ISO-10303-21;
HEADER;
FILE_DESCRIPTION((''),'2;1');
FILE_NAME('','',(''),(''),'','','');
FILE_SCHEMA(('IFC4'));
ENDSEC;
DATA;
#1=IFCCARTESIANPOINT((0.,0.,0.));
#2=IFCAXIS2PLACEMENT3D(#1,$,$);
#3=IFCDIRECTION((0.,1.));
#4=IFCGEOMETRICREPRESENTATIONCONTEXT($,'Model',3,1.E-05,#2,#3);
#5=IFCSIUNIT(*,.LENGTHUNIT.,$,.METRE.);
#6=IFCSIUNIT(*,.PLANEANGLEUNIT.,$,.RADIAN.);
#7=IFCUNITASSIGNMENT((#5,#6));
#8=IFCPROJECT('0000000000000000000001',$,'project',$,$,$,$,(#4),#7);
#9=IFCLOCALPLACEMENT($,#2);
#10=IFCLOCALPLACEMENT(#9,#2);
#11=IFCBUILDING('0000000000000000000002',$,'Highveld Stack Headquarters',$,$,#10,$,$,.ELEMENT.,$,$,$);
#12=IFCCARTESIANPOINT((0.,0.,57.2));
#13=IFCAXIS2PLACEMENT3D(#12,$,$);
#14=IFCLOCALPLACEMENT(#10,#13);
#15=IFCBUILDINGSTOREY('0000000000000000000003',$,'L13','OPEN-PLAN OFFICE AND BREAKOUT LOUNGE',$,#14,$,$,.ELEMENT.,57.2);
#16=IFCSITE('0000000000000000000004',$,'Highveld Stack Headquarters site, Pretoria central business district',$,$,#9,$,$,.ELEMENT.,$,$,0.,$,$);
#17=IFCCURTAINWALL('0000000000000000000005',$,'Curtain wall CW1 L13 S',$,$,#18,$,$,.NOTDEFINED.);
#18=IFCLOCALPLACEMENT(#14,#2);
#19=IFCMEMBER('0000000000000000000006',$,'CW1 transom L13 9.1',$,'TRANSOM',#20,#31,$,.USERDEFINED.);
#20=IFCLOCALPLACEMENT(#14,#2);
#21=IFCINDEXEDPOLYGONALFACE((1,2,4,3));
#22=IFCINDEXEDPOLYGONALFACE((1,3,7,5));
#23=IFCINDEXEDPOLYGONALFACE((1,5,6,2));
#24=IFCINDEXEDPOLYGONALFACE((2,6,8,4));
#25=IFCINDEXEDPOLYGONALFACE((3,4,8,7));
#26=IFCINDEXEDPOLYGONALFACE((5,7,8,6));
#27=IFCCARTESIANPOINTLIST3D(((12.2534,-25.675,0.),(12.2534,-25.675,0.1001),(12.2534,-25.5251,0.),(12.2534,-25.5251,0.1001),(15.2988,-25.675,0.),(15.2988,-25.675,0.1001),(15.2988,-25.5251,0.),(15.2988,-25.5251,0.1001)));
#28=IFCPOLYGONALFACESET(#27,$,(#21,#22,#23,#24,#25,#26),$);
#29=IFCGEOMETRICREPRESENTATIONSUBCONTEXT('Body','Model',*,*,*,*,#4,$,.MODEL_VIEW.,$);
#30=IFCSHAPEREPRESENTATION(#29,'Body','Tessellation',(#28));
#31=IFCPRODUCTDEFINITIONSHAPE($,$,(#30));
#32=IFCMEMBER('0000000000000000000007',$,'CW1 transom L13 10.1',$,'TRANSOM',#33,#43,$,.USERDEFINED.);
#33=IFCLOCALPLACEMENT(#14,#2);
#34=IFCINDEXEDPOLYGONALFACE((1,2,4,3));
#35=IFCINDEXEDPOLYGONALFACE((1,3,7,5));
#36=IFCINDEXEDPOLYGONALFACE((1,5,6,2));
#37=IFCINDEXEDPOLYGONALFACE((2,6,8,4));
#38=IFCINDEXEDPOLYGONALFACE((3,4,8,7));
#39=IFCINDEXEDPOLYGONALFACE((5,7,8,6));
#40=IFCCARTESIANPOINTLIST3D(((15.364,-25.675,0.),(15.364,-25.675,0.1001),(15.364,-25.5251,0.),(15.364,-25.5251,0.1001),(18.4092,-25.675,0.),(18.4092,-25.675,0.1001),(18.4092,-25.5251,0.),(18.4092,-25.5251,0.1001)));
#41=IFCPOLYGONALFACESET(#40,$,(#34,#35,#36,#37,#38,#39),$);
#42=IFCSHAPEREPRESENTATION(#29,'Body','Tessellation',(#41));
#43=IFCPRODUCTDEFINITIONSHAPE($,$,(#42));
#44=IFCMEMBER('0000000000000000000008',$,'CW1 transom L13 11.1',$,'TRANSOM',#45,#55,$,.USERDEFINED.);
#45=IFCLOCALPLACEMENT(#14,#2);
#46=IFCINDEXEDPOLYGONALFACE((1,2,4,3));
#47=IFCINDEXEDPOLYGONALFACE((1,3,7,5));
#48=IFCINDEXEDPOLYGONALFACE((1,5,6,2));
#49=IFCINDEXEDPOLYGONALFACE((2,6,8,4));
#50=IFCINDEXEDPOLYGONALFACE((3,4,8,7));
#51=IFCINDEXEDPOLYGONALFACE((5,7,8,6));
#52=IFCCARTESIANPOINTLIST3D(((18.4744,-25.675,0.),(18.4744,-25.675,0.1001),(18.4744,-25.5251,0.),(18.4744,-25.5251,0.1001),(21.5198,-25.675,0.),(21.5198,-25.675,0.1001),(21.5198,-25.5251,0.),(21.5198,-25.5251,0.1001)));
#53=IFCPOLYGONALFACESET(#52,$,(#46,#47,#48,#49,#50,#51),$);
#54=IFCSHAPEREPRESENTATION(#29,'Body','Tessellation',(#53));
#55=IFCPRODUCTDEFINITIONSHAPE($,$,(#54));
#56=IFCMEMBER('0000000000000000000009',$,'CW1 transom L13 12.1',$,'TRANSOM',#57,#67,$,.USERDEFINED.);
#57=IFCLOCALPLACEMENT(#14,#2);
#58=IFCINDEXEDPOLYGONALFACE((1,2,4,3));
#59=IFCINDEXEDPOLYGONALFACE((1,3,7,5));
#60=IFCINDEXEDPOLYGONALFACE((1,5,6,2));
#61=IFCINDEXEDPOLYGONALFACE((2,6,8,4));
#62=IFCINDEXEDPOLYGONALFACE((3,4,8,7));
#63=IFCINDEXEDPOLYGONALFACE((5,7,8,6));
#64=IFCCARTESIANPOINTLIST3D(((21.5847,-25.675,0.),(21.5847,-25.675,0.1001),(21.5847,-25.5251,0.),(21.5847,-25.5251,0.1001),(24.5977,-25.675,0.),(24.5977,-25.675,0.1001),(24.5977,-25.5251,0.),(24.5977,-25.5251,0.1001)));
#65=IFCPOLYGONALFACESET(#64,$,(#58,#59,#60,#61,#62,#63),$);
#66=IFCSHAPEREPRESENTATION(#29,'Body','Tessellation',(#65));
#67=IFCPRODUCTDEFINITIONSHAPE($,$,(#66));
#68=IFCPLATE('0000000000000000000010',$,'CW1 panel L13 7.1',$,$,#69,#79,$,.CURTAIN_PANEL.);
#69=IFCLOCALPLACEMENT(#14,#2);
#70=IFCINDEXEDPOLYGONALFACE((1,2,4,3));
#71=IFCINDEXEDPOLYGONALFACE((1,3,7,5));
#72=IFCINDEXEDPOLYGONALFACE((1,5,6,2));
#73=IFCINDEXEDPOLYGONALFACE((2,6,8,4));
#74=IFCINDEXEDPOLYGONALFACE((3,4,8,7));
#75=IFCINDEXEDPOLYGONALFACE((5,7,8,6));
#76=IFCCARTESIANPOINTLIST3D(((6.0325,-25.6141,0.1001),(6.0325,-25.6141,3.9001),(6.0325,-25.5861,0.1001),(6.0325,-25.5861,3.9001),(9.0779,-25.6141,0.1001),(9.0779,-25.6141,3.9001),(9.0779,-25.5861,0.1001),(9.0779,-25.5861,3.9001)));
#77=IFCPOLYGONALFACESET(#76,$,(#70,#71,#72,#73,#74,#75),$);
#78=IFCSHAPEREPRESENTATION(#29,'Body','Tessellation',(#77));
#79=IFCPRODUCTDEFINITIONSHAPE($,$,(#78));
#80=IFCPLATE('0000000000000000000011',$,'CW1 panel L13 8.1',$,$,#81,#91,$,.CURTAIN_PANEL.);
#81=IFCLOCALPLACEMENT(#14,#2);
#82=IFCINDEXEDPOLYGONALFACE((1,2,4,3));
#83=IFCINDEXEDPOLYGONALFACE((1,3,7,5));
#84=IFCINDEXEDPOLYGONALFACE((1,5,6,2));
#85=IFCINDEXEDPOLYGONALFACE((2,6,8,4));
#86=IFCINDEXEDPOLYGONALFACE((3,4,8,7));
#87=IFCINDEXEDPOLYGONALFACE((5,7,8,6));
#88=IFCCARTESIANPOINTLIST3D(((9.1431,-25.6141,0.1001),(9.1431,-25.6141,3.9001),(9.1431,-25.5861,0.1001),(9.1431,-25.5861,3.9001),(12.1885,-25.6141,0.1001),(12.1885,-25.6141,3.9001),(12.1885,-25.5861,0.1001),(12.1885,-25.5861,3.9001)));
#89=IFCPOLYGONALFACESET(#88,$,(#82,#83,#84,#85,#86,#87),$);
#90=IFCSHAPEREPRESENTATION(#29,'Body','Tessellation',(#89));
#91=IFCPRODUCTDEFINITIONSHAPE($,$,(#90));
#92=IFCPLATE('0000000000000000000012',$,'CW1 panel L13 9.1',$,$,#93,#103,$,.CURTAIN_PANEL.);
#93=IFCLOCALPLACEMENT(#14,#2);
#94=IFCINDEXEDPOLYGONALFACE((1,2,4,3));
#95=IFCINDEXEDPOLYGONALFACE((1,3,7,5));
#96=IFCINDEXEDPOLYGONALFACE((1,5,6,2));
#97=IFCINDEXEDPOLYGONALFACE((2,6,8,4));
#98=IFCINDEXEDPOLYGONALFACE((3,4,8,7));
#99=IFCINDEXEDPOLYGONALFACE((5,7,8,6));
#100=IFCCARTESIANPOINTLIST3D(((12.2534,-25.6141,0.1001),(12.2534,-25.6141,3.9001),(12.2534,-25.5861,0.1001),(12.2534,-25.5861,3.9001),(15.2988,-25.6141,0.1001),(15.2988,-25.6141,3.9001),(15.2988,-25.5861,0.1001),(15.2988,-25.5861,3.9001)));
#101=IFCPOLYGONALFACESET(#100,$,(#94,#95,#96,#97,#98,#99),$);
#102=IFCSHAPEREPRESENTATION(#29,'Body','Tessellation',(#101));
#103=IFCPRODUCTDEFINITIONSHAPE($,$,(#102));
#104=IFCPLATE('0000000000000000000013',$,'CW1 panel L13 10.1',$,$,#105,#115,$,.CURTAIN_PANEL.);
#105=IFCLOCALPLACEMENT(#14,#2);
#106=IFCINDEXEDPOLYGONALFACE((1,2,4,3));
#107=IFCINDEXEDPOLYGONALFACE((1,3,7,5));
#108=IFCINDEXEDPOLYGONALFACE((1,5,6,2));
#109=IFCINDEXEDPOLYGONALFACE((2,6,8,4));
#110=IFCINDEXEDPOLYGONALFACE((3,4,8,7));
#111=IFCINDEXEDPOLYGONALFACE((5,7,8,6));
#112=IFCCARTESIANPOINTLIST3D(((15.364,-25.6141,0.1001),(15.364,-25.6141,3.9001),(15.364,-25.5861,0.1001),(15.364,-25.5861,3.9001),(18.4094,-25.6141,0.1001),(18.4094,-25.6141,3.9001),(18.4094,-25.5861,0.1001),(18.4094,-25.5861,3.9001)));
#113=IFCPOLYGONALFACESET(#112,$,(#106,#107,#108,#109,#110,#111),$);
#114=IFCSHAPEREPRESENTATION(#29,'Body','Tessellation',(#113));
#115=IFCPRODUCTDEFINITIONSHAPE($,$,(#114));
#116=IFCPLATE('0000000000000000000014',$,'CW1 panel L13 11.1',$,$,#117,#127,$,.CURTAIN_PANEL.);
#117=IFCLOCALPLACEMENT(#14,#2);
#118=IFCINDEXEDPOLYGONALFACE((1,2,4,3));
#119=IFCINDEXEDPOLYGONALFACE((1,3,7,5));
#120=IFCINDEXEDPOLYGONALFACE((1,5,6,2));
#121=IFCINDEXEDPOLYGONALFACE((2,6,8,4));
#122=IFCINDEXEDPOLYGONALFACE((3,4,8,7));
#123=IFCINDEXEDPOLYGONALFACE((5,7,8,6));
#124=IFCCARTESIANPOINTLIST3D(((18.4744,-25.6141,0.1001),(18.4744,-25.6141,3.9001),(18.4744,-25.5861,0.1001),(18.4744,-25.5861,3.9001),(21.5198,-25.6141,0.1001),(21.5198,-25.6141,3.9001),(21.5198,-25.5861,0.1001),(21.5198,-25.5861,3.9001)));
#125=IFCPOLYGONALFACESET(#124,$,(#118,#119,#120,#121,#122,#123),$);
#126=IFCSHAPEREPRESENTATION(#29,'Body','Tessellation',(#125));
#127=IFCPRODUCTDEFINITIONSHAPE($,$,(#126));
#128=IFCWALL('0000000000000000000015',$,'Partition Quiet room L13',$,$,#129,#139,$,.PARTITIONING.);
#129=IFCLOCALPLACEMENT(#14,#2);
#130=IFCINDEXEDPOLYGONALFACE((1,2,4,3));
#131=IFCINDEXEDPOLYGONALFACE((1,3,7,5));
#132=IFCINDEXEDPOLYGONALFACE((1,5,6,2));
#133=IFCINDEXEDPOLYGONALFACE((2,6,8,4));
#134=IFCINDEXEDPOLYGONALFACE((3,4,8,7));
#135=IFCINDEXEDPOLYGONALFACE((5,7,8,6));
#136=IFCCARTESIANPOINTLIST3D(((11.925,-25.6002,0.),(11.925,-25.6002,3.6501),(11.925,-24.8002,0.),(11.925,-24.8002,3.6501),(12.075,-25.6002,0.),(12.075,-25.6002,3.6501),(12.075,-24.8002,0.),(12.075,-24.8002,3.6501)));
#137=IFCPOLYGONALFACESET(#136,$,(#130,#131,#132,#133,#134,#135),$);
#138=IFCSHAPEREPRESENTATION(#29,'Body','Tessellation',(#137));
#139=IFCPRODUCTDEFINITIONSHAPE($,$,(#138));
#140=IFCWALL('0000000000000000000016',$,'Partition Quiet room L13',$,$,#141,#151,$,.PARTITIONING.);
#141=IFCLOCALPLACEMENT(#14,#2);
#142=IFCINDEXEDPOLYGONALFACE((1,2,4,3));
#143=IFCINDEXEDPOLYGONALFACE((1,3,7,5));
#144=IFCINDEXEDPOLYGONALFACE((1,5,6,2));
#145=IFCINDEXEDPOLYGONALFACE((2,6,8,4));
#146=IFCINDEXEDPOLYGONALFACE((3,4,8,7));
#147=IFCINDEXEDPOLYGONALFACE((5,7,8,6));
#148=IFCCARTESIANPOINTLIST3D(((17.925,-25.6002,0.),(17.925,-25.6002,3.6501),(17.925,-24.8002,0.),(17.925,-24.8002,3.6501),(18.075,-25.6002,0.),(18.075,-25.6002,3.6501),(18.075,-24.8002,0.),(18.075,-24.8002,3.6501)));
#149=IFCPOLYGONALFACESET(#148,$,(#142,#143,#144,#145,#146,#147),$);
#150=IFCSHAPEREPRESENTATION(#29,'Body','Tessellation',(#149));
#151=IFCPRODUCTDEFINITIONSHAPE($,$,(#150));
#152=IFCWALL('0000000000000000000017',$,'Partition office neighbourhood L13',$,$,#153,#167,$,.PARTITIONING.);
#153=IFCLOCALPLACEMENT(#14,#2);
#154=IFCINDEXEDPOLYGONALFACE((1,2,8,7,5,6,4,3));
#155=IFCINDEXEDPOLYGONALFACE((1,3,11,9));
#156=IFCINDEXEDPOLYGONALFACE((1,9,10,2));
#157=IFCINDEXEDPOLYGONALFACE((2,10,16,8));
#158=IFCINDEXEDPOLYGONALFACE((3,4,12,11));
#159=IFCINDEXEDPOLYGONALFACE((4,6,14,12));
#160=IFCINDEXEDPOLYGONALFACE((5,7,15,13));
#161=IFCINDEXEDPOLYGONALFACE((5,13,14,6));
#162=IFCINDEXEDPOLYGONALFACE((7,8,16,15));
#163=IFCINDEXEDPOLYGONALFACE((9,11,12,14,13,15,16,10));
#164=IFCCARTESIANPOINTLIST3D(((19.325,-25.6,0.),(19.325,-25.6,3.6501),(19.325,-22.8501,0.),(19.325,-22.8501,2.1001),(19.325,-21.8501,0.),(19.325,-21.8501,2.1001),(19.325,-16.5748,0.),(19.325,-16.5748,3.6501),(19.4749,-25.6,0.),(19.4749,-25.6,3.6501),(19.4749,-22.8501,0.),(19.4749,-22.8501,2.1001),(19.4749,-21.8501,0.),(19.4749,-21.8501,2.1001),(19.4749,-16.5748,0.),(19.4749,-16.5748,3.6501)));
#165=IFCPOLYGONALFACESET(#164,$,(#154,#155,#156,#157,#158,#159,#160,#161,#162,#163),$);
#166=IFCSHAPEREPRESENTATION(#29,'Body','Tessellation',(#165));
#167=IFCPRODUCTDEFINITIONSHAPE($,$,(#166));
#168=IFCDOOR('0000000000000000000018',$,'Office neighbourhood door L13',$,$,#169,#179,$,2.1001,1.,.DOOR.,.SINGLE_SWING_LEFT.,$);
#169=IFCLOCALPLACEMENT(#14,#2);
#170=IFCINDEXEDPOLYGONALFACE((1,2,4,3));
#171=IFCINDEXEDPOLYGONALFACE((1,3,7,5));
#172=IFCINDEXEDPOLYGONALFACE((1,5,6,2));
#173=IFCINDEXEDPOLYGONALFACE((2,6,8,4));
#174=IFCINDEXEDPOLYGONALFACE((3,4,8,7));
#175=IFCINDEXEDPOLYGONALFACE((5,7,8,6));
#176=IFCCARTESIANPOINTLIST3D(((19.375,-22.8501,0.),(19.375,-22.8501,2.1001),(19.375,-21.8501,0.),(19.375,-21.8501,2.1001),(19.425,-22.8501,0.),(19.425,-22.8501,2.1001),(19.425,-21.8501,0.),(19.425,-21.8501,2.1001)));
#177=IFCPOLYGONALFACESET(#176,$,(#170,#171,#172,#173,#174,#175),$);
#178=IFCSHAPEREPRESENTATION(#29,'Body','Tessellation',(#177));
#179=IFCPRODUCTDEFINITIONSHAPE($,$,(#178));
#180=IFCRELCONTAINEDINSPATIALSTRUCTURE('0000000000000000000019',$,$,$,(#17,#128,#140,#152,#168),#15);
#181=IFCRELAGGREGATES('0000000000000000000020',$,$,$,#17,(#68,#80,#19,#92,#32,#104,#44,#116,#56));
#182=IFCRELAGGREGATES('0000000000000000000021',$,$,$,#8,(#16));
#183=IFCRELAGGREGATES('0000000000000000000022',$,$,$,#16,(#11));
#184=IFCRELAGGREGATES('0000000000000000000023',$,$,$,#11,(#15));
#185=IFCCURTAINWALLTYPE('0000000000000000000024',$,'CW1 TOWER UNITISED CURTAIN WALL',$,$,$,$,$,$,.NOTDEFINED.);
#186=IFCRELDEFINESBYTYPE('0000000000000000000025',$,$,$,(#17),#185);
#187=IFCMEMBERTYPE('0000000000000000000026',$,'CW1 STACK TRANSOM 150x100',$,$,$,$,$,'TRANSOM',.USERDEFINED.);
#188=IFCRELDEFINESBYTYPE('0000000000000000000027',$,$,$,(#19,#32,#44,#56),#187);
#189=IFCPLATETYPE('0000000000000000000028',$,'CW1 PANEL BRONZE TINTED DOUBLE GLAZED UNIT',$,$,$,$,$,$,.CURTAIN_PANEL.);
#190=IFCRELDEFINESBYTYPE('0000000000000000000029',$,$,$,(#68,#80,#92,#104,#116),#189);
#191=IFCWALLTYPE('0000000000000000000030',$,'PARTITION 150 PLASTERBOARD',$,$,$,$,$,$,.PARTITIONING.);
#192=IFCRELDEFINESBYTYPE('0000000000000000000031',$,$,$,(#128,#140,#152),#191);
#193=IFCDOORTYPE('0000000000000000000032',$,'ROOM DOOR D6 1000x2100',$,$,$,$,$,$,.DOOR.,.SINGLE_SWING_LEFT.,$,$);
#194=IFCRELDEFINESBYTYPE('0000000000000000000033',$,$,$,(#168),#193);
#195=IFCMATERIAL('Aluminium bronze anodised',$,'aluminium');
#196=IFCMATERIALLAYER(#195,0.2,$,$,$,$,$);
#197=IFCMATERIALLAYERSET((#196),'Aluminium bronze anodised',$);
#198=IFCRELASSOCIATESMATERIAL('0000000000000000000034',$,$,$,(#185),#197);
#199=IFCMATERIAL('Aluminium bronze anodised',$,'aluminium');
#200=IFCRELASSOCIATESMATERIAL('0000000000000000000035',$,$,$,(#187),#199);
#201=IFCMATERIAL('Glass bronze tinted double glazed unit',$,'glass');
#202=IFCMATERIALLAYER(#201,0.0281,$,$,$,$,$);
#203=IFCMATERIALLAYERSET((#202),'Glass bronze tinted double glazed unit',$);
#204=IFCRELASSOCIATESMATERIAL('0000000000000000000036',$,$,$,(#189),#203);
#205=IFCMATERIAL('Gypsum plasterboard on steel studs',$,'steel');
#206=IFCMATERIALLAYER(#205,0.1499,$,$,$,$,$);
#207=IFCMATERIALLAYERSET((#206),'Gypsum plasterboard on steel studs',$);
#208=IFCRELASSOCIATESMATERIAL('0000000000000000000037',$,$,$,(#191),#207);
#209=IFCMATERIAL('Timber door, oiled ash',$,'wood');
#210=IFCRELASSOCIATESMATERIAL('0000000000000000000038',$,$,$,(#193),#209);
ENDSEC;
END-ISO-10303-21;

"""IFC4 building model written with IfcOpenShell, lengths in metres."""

from ifc_helpers import new_model, si_unit, direction, frame, frame_2d, origin, origin_2d, place, context, subcontext, project, spatial, rectangle, extrude, material, layer, layer_set, material_profile, profile_set, type_object, element, fill, aggregate, save


model = new_model("IFC4")

# Units and contexts
model_context = context("Model", 3, precision=1e-05, world=origin(), true_north=direction((0.0, 1.0)))
body_context = subcontext(model_context, "Body", "Model", "MODEL_VIEW")
ifc_project = project(units=[si_unit("LENGTHUNIT", "METRE"), si_unit("PLANEANGLEUNIT", "RADIAN")], contexts=[model_context])

# Site, building, storey
site_placement = place(None, origin())
site = spatial("IfcSite", under=ifc_project, at=site_placement, Name="Highveld Stack Headquarters site, Pretoria central business district", CompositionType="ELEMENT", RefElevation=0.0)
building_placement = place(site_placement, origin())
building = spatial("IfcBuilding", under=site, at=building_placement, Name="Highveld Stack Headquarters", CompositionType="ELEMENT")
storey_placement = place(building_placement, frame((0.0, 0.0, 57.2)))
storey = spatial("IfcBuildingStorey", under=building, at=storey_placement, Name="L13", Description="OPEN-PLAN OFFICE AND BREAKOUT LOUNGE", CompositionType="ELEMENT", Elevation=57.2)

# Curtain wall, members, plates
ifc_material_1 = material(Name="Aluminium bronze anodised", Category="aluminium")
ifc_layer_1 = layer(ifc_material_1, 0.2)
ifc_layer_set_1 = layer_set([ifc_layer_1], Name="Aluminium bronze anodised")
curtain_wall_type = type_object("IfcCurtainWallType", Name="CW1 TOWER UNITISED CURTAIN WALL", PredefinedType="NOTDEFINED", material=ifc_layer_set_1)
curtain_wall_placement = place(storey_placement, origin())
curtain_wall = element("IfcCurtainWall", 1, at=curtain_wall_placement, inside=storey, type_object=curtain_wall_type, Name="Curtain wall CW1 L13 S", PredefinedType="NOTDEFINED")
ifc_material_2 = material(Name="Aluminium bronze anodised", Category="aluminium")
ifc_material_profile_1 = material_profile(ifc_material_2, rectangle(XDim=0.1499, YDim=0.1001, at=origin_2d()), Name="CW1 TRANSOM 150x100")
ifc_profile_set_1 = profile_set([ifc_material_profile_1], Name="Aluminium bronze anodised")
member_type_1 = type_object("IfcMemberType", Name="CW1 STACK TRANSOM 150x100", ElementType="TRANSOM", PredefinedType="USERDEFINED", material=ifc_profile_set_1)
member_1_placement = place(storey_placement, frame((12.2534, -25.6001, 0.05), z_axis=(1.0, 0.0, 0.0), x_axis=(0.0, 1.0, 0.0)))
member_1 = element("IfcMember", 2, at=member_1_placement, type_object=member_type_1, Name="CW1 transom L13 9.1", ObjectType="TRANSOM", PredefinedType="USERDEFINED", context=body_context, shape_type="SweptSolid", body=[
    extrude(rectangle(XDim=0.1499, YDim=0.1001, at=origin_2d()), origin(), (0.0, 0.0, 1.0), 3.0454),
])
member_2_placement = place(storey_placement, frame((15.364, -25.6001, 0.05), z_axis=(1.0, 0.0, 0.0), x_axis=(0.0, 1.0, 0.0)))
member_2 = element("IfcMember", 3, at=member_2_placement, type_object=member_type_1, Name="CW1 transom L13 10.1", ObjectType="TRANSOM", PredefinedType="USERDEFINED", context=body_context, shape_type="SweptSolid", body=[
    extrude(rectangle(XDim=0.1499, YDim=0.1001, at=origin_2d()), origin(), (0.0, 0.0, 1.0), 3.0452),
])
member_3_placement = place(storey_placement, frame((18.4744, -25.6001, 0.05), z_axis=(1.0, 0.0, 0.0), x_axis=(0.0, 1.0, 0.0)))
member_3 = element("IfcMember", 4, at=member_3_placement, type_object=member_type_1, Name="CW1 transom L13 11.1", ObjectType="TRANSOM", PredefinedType="USERDEFINED", context=body_context, shape_type="SweptSolid", body=[
    extrude(rectangle(XDim=0.1499, YDim=0.1001, at=origin_2d()), origin(), (0.0, 0.0, 1.0), 3.0454),
])
member_4_placement = place(storey_placement, frame((21.5847, -25.6001, 0.05), z_axis=(1.0, 0.0, 0.0), x_axis=(0.0, 1.0, 0.0)))
member_4 = element("IfcMember", 5, at=member_4_placement, type_object=member_type_1, Name="CW1 transom L13 12.1", ObjectType="TRANSOM", PredefinedType="USERDEFINED", context=body_context, shape_type="SweptSolid", body=[
    extrude(rectangle(XDim=0.1499, YDim=0.1001, at=origin_2d()), origin(), (0.0, 0.0, 1.0), 3.0129),
])
ifc_material_3 = material(Name="Glass bronze tinted double glazed unit", Category="glass")
ifc_layer_2 = layer(ifc_material_3, 0.0281)
ifc_layer_set_2 = layer_set([ifc_layer_2], Name="Glass bronze tinted double glazed unit")
plate_type = type_object("IfcPlateType", Name="CW1 PANEL BRONZE TINTED DOUBLE GLAZED UNIT", PredefinedType="CURTAIN_PANEL", material=ifc_layer_set_2)
plate_1_placement = place(storey_placement, frame((7.5552, -25.6001, 0.1001), z_axis=(0.0, 0.0, 1.0), x_axis=(1.0, 0.0, 0.0)))
plate_1 = element("IfcPlate", 6, at=plate_1_placement, type_object=plate_type, Name="CW1 panel L13 7.1", PredefinedType="CURTAIN_PANEL", context=body_context, shape_type="SweptSolid", body=[
    extrude(rectangle(XDim=3.0454, YDim=0.0281, at=origin_2d()), origin(), (0.0, 0.0, 1.0), 3.8),
])
plate_2_placement = place(storey_placement, frame((10.6658, -25.6001, 0.1001), z_axis=(0.0, 0.0, 1.0), x_axis=(1.0, 0.0, 0.0)))
plate_2 = element("IfcPlate", 7, at=plate_2_placement, type_object=plate_type, Name="CW1 panel L13 8.1", PredefinedType="CURTAIN_PANEL", context=body_context, shape_type="SweptSolid", body=[
    extrude(rectangle(XDim=3.0454, YDim=0.0281, at=origin_2d()), origin(), (0.0, 0.0, 1.0), 3.8),
])
plate_3_placement = place(storey_placement, frame((13.7761, -25.6001, 0.1001), z_axis=(0.0, 0.0, 1.0), x_axis=(1.0, 0.0, 0.0)))
plate_3 = element("IfcPlate", 8, at=plate_3_placement, type_object=plate_type, Name="CW1 panel L13 9.1", PredefinedType="CURTAIN_PANEL", context=body_context, shape_type="SweptSolid", body=[
    extrude(rectangle(XDim=3.0454, YDim=0.0281, at=origin_2d()), origin(), (0.0, 0.0, 1.0), 3.8),
])
plate_4_placement = place(storey_placement, frame((16.8867, -25.6001, 0.1001), z_axis=(0.0, 0.0, 1.0), x_axis=(1.0, 0.0, 0.0)))
plate_4 = element("IfcPlate", 9, at=plate_4_placement, type_object=plate_type, Name="CW1 panel L13 10.1", PredefinedType="CURTAIN_PANEL", context=body_context, shape_type="SweptSolid", body=[
    extrude(rectangle(XDim=3.0454, YDim=0.0281, at=origin_2d()), origin(), (0.0, 0.0, 1.0), 3.8),
])
plate_5_placement = place(storey_placement, frame((19.9971, -25.6001, 0.1001), z_axis=(0.0, 0.0, 1.0), x_axis=(1.0, 0.0, 0.0)))
plate_5 = element("IfcPlate", 10, at=plate_5_placement, type_object=plate_type, Name="CW1 panel L13 11.1", PredefinedType="CURTAIN_PANEL", context=body_context, shape_type="SweptSolid", body=[
    extrude(rectangle(XDim=3.0454, YDim=0.0281, at=origin_2d()), origin(), (0.0, 0.0, 1.0), 3.8),
])
aggregate(curtain_wall, [plate_1, plate_2, member_1, plate_3, member_2, plate_4, member_3, plate_5, member_4])

# Walls
ifc_material_4 = material(Name="Gypsum plasterboard on steel studs", Category="steel")
ifc_layer_3 = layer(ifc_material_4, 0.1499)
ifc_layer_set_3 = layer_set([ifc_layer_3], Name="Gypsum plasterboard on steel studs")
wall_type = type_object("IfcWallType", Name="PARTITION 150 PLASTERBOARD", PredefinedType="PARTITIONING", material=ifc_layer_set_3)
for number, where, z_axis, x_axis, name in (
    (11, (12.0, -25.6001, 0.0), (0.0, 0.0, 1.0), (0.0, 1.0, 0.0), "Partition Quiet room L13"),
    (12, (18.0, -25.6001, 0.0), (0.0, 0.0, 1.0), (0.0, 1.0, 0.0), "Partition Quiet room L13"),
):
    element("IfcWall", number, at=place(storey_placement, frame(where, z_axis=z_axis, x_axis=x_axis)), inside=storey, type_object=wall_type, Name=name, PredefinedType="PARTITIONING", context=body_context, shape_type="SweptSolid", body=[
        extrude(rectangle(XDim=0.8, YDim=0.1499, at=frame_2d((0.3999, 0.0))), origin(), (0.0, 0.0, 1.0), 3.6501),
    ])

# Wall, opening, door
wall_1_placement = place(storey_placement, frame((19.3999, -25.6001, 0.0), z_axis=(0.0, 0.0, 1.0), x_axis=(0.0, 1.0, 0.0)))
wall_1 = element("IfcWall", 13, at=wall_1_placement, inside=storey, type_object=wall_type, Name="Partition office neighbourhood L13", PredefinedType="PARTITIONING", context=body_context, shape_type="SweptSolid", body=[
    extrude(rectangle(XDim=9.0251, YDim=0.1499, at=frame_2d((4.5127, 0.0))), origin(), (0.0, 0.0, 1.0), 3.6501),
])
opening_1_placement = place(wall_1_placement, frame((2.75, 0.0, 0.0)))
opening_1 = element("IfcOpeningElement", 14, at=opening_1_placement, cuts=wall_1, PredefinedType="OPENING", context=body_context, shape_type="SweptSolid", body=[
    extrude(rectangle(XDim=1.0, YDim=2.1001, at=frame_2d((0.5, 1.05))), frame((0.0, 0.085, 0.0), z_axis=(0.0, -1.0, 0.0), x_axis=(1.0, 0.0, 0.0)), (0.0, 0.0, 1.0), 0.1699),
])
ifc_material_5 = material(Name="Timber door, oiled ash", Category="wood")
door_type = type_object("IfcDoorType", Name="ROOM DOOR D6 1000x2100", OperationType="SINGLE_SWING_LEFT", PredefinedType="DOOR", material=ifc_material_5)
door_1_placement = place(opening_1_placement, origin())
door_1 = element("IfcDoor", 15, at=door_1_placement, inside=storey, type_object=door_type, Name="Office neighbourhood door L13", OperationType="SINGLE_SWING_LEFT", OverallHeight=2.1001, OverallWidth=1.0, PredefinedType="DOOR", context=body_context, shape_type="SweptSolid", body=[
    extrude(rectangle(XDim=1.0, YDim=2.1001, at=frame_2d((0.5, 1.05))), frame((0.0, 0.0249, 0.0), z_axis=(0.0, -1.0, 0.0), x_axis=(1.0, 0.0, 0.0)), (0.0, 0.0, 1.0), 0.05),
])
fill(opening_1, door_1)

save(model, "model.ifc")
